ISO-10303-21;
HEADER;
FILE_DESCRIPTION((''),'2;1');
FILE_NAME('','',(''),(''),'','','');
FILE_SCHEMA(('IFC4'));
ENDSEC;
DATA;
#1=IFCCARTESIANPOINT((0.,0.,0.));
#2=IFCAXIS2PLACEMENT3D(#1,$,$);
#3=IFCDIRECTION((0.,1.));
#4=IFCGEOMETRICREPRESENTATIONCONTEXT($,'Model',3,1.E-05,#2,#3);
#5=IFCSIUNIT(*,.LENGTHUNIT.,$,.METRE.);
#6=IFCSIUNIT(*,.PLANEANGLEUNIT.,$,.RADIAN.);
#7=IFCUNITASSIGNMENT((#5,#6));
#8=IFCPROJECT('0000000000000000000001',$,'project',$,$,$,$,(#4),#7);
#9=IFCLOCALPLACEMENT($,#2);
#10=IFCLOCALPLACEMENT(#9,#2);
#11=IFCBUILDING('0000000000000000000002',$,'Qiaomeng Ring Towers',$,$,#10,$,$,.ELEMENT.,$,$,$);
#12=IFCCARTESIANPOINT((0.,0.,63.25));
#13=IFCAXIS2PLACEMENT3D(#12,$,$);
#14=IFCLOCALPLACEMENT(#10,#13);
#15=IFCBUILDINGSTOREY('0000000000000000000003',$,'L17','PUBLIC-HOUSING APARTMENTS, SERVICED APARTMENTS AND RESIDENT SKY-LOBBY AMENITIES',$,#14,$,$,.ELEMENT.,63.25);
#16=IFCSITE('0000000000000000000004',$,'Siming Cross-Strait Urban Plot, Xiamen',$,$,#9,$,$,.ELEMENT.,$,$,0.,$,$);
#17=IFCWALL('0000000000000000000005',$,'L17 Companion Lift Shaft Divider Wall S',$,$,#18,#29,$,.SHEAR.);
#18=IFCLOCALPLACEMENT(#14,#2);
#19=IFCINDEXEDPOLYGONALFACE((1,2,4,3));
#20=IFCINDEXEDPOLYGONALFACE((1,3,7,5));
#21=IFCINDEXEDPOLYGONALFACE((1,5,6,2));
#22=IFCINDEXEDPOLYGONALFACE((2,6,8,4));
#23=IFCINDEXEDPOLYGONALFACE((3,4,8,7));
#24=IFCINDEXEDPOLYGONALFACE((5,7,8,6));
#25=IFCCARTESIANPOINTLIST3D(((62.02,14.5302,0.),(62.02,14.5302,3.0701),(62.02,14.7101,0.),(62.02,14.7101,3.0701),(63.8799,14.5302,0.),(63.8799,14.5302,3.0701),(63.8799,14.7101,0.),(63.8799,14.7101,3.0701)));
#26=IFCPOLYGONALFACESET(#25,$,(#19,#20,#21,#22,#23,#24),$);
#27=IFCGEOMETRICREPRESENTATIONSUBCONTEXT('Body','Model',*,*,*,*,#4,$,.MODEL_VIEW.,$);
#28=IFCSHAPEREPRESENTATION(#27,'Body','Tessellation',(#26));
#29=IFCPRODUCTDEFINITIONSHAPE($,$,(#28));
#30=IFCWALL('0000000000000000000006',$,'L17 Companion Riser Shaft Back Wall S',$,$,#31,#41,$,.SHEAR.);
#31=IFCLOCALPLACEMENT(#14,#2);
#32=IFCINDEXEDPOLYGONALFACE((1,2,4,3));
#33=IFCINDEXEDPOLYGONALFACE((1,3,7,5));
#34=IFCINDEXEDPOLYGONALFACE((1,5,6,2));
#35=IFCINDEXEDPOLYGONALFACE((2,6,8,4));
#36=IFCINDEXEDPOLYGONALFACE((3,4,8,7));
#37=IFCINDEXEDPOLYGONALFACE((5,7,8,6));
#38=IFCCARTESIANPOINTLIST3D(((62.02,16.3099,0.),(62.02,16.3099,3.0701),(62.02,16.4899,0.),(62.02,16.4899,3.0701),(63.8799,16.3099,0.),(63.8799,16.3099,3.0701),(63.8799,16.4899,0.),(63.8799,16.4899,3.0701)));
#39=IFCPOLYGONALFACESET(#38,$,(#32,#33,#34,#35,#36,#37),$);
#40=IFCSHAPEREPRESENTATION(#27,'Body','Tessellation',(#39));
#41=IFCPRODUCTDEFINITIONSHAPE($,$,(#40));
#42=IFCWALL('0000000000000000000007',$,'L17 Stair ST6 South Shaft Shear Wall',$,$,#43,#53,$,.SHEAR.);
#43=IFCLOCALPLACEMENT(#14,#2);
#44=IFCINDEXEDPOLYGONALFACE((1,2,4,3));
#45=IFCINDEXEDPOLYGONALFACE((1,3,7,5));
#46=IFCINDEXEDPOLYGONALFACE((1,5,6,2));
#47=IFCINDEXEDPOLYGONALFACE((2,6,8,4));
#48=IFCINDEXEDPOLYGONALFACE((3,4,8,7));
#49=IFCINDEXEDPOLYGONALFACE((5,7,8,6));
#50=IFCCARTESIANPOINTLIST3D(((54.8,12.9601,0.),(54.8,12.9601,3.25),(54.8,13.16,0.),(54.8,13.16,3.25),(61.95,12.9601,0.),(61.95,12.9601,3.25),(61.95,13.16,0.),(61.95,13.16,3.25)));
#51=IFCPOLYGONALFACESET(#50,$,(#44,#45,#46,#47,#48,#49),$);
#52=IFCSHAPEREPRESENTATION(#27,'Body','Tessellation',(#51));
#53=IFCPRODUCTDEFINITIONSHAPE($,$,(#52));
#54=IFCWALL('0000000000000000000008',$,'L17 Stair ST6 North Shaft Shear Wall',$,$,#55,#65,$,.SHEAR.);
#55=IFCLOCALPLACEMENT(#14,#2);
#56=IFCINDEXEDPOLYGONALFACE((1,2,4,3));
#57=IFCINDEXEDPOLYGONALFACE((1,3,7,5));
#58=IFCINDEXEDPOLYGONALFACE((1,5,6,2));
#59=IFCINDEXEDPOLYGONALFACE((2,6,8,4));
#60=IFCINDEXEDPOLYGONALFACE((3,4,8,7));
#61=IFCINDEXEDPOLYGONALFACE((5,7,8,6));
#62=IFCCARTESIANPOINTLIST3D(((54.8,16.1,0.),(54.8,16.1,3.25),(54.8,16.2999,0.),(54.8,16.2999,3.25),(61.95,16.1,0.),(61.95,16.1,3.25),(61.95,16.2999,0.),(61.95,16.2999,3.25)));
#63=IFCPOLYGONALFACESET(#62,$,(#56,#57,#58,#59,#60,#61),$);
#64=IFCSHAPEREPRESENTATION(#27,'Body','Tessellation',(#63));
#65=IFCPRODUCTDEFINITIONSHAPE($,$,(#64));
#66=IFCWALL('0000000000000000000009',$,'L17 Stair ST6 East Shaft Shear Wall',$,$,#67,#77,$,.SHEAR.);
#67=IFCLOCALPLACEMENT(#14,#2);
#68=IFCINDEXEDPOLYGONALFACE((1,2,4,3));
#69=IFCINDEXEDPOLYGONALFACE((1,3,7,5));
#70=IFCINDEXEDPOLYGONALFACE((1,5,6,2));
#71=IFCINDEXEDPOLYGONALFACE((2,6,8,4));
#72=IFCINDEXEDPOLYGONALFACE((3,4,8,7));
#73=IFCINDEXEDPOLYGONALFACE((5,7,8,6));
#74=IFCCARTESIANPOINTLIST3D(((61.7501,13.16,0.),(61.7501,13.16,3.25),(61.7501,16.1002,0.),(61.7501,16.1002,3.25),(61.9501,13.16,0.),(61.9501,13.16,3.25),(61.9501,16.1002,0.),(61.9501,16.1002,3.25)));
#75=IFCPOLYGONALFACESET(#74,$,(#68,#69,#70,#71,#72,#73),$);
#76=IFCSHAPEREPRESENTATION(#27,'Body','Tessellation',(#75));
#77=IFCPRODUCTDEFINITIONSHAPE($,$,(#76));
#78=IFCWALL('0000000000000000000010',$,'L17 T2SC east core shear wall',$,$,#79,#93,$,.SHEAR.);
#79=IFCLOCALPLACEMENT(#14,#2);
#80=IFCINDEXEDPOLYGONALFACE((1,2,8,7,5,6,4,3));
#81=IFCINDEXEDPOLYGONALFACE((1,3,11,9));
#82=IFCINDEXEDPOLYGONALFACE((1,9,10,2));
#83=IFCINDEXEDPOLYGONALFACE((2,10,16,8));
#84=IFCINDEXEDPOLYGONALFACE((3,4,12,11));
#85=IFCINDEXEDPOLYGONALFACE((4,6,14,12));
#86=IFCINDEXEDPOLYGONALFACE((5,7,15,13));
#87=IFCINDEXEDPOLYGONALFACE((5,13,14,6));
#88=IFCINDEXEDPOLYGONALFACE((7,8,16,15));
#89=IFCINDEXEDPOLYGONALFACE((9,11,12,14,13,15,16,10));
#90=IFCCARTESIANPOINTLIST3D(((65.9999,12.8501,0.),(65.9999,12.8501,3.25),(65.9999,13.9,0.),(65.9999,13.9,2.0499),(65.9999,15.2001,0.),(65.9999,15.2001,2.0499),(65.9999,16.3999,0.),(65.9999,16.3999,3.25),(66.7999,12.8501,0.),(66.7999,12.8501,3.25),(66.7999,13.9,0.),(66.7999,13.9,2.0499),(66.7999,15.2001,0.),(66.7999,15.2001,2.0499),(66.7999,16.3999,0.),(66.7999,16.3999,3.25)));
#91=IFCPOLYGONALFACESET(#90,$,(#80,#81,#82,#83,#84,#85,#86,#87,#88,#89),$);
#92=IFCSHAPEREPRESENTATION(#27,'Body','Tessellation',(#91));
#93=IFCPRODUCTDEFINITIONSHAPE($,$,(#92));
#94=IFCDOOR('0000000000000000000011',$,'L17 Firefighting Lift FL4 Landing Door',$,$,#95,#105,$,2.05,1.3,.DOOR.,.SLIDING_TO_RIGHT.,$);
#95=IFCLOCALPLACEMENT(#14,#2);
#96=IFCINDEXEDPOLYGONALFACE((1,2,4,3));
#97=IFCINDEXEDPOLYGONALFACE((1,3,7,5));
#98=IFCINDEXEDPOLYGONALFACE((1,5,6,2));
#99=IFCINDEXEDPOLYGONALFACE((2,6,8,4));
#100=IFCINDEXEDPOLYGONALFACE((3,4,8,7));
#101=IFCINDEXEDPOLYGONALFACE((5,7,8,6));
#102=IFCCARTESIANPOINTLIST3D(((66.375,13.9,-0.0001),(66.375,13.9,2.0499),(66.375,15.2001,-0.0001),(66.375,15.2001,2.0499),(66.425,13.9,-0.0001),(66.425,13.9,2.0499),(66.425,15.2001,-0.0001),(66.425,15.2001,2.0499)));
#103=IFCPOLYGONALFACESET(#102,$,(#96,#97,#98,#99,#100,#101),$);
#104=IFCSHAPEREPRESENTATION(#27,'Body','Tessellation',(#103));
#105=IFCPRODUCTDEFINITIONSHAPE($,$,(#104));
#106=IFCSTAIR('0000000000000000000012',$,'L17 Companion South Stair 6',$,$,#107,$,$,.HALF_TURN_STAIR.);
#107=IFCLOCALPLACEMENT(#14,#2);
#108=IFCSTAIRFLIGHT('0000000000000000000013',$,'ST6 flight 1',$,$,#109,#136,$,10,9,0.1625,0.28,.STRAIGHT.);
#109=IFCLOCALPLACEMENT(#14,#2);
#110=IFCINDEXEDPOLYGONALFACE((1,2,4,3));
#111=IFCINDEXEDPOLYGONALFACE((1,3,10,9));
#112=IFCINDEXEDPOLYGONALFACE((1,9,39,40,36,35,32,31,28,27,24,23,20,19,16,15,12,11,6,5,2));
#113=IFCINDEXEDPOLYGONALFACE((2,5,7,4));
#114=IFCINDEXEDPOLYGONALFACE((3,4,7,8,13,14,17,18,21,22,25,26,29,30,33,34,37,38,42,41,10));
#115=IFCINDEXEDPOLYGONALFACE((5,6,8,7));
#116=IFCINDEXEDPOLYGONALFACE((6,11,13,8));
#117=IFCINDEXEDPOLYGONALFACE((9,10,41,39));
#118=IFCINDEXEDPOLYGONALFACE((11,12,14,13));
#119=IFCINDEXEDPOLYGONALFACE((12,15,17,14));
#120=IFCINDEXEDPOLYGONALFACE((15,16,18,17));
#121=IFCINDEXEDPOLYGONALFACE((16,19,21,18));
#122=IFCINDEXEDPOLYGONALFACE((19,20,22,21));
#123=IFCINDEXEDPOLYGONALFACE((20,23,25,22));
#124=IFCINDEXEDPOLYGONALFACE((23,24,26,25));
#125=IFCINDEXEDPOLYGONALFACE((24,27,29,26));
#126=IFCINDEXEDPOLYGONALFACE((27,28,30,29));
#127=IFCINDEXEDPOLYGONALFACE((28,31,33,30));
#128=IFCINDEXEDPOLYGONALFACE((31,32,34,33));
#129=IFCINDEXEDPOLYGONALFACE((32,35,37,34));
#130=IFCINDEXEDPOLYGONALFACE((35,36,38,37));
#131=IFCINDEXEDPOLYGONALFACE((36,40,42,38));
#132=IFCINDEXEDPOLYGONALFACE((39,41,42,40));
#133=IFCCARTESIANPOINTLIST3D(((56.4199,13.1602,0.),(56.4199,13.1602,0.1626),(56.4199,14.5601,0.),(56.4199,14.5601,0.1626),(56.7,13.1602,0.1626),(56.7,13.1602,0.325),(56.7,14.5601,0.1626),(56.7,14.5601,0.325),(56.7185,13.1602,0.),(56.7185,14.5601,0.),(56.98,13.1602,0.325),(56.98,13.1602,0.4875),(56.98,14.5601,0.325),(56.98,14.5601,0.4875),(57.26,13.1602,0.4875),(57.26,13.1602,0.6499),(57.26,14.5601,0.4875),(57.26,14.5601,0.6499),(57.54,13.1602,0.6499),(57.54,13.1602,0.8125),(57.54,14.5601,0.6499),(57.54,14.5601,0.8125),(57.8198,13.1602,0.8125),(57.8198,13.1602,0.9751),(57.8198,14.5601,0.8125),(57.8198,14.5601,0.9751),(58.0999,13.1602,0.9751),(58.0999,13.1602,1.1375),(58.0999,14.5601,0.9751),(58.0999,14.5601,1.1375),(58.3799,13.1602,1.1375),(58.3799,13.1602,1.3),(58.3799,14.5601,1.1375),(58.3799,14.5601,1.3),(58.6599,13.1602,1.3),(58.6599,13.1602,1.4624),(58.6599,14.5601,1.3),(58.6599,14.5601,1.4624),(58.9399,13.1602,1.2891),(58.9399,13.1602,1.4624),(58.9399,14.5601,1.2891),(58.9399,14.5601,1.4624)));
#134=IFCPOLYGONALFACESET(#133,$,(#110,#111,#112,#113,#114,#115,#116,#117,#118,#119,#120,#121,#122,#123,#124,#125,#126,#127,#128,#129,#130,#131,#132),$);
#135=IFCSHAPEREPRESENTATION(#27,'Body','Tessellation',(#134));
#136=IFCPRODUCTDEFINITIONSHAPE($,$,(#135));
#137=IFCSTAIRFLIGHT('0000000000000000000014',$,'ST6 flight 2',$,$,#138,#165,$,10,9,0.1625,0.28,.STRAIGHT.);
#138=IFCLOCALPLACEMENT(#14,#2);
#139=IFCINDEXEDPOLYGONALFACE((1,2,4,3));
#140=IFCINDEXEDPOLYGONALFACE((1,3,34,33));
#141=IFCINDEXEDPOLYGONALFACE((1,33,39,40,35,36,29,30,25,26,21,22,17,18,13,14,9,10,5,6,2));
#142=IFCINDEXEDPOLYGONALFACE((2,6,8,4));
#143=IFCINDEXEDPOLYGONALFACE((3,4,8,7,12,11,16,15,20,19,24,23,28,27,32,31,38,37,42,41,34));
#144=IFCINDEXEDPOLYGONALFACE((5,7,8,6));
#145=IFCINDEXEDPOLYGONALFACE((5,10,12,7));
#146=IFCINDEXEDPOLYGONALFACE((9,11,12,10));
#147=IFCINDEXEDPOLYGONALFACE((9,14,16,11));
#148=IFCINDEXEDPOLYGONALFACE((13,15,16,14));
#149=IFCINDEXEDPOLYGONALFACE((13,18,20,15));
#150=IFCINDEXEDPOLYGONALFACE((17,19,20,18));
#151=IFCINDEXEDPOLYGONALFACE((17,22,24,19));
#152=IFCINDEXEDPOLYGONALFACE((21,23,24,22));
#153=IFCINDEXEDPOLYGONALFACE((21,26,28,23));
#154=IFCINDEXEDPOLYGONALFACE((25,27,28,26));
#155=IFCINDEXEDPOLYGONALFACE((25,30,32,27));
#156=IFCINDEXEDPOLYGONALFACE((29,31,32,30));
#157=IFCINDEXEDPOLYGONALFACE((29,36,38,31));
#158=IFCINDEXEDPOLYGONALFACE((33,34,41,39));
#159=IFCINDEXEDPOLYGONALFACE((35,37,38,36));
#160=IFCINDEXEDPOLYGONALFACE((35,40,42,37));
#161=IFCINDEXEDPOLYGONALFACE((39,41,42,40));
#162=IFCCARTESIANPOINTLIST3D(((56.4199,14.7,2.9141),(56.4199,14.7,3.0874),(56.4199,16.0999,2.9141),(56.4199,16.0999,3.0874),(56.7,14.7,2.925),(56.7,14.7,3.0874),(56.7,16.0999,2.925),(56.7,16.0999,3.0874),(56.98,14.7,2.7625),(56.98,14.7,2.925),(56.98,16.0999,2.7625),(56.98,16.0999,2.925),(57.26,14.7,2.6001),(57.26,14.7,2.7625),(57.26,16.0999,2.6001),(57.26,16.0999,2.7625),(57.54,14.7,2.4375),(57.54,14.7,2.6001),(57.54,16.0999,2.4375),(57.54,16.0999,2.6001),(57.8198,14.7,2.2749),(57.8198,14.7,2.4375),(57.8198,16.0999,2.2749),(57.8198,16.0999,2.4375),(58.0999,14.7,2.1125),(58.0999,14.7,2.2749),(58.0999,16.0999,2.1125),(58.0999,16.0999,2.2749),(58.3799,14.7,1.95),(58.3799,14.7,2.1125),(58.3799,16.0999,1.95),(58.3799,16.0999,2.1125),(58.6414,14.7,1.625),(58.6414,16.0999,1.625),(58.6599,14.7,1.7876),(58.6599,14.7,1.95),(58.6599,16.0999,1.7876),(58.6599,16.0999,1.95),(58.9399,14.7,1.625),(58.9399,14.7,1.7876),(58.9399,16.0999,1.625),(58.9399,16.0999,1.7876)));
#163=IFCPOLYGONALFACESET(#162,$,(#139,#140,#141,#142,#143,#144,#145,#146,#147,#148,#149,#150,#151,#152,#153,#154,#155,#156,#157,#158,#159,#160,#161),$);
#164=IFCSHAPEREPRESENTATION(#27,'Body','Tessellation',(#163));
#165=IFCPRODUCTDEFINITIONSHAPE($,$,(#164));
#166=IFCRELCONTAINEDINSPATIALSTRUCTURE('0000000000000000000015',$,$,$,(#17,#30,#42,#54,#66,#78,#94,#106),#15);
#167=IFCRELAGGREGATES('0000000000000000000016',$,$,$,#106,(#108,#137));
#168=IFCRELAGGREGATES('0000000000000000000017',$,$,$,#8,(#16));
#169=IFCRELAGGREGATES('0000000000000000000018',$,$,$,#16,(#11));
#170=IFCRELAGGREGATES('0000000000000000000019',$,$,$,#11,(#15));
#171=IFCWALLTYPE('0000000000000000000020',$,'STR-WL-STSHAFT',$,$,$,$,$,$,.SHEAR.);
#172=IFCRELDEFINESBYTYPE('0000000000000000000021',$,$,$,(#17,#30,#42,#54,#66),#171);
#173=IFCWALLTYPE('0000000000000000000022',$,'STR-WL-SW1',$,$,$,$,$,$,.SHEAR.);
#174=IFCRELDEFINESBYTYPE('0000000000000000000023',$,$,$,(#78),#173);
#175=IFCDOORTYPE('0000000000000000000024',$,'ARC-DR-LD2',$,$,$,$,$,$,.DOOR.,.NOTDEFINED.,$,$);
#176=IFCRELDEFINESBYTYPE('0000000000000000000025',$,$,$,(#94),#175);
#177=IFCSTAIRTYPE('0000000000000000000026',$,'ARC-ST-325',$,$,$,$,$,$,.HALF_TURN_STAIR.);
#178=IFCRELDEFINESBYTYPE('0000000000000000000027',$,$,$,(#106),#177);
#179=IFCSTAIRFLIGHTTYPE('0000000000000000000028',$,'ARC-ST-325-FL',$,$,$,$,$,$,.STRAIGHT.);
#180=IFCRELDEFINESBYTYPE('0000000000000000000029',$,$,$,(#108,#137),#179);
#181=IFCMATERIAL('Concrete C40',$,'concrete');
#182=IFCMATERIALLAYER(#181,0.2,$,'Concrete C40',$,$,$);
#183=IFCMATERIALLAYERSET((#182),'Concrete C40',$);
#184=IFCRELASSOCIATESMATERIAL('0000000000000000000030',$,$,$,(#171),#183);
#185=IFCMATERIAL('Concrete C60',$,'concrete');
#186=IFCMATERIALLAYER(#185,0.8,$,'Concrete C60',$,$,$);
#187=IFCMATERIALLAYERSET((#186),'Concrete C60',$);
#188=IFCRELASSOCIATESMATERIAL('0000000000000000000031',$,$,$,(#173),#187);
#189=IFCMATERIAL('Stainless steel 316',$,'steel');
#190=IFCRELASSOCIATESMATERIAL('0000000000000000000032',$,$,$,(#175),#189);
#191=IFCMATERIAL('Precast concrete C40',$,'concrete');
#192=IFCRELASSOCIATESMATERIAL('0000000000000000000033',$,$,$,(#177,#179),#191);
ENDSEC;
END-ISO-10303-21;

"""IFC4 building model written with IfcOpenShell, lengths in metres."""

from ifc_helpers import new_model, si_unit, direction, frame, frame_2d, origin, place, context, subcontext, project, spatial, polyline, rectangle, outline, extrude, source, transform, mapped, material, layer, layer_set, type_object, element, fill, aggregate, save


model = new_model("IFC4")

# Units and contexts
model_context = context("Model", 3, precision=1e-05, world=origin(), true_north=direction((0.0, 1.0)))
body_context = subcontext(model_context, "Body", "Model", "MODEL_VIEW")
ifc_project = project(units=[si_unit("LENGTHUNIT", "METRE"), si_unit("PLANEANGLEUNIT", "RADIAN")], contexts=[model_context])

# Site, building, storey
site_placement = place(None, origin())
site = spatial("IfcSite", under=ifc_project, at=site_placement, Name="Siming Cross-Strait Urban Plot, Xiamen", CompositionType="ELEMENT", RefElevation=0.0)
building_placement = place(site_placement, origin())
building = spatial("IfcBuilding", under=site, at=building_placement, Name="Qiaomeng Ring Towers", CompositionType="ELEMENT")
storey_placement = place(building_placement, frame((0.0, 0.0, 63.25)))
storey = spatial("IfcBuildingStorey", under=building, at=storey_placement, Name="L17", Description="PUBLIC-HOUSING APARTMENTS, SERVICED APARTMENTS AND RESIDENT SKY-LOBBY AMENITIES", CompositionType="ELEMENT", Elevation=63.25)

# Walls
ifc_material_1 = material(Name="Concrete C40", Category="concrete")
ifc_layer_1 = layer(ifc_material_1, 0.2, Name="Concrete C40")
ifc_layer_set_1 = layer_set([ifc_layer_1], Name="Concrete C40")
wall_type_1 = type_object("IfcWallType", Name="STR-WL-STSHAFT", PredefinedType="SHEAR", material=ifc_layer_set_1)
for number, where, z_axis, x_axis, name in (
    (1, (62.02, 14.6201, 0.0), (0.0, 0.0, 1.0), (1.0, 0.0, 0.0), "L17 Companion Lift Shaft Divider Wall S"),
    (2, (62.02, 16.3999, 0.0), (0.0, 0.0, 1.0), (1.0, 0.0, 0.0), "L17 Companion Riser Shaft Back Wall S"),
):
    element("IfcWall", number, at=place(storey_placement, frame(where, z_axis=z_axis, x_axis=x_axis)), inside=storey, type_object=wall_type_1, Name=name, PredefinedType="SHEAR", context=body_context, shape_type="SweptSolid", body=[
        extrude(rectangle(XDim=1.8599, YDim=0.1799, at=frame_2d((0.9299, 0.0))), origin(), (0.0, 0.0, 1.0), 3.0701),
    ])
for number, where, z_axis, x_axis, name in (
    (3, (54.8, 13.0601, 0.0), (0.0, 0.0, 1.0), (1.0, 0.0, 0.0), "L17 Stair ST6 South Shaft Shear Wall"),
    (4, (54.8, 16.2, 0.0), (0.0, 0.0, 1.0), (1.0, 0.0, 0.0), "L17 Stair ST6 North Shaft Shear Wall"),
):
    element("IfcWall", number, at=place(storey_placement, frame(where, z_axis=z_axis, x_axis=x_axis)), inside=storey, type_object=wall_type_1, Name=name, PredefinedType="SHEAR", context=body_context, shape_type="SweptSolid", body=[
        extrude(rectangle(XDim=7.1499, YDim=0.2, at=frame_2d((3.575, 0.0))), origin(), (0.0, 0.0, 1.0), 3.25),
    ])
wall_1_placement = place(storey_placement, frame((61.8501, 13.1599, 0.0), z_axis=(0.0, 0.0, 1.0), x_axis=(0.0, 1.0, 0.0)))
element("IfcWall", 5, at=wall_1_placement, inside=storey, type_object=wall_type_1, Name="L17 Stair ST6 East Shaft Shear Wall", PredefinedType="SHEAR", context=body_context, shape_type="SweptSolid", body=[
    extrude(rectangle(XDim=2.9402, YDim=0.2, at=frame_2d((1.4702, 0.0))), origin(), (0.0, 0.0, 1.0), 3.25),
])

# Wall, opening, door
ifc_material_2 = material(Name="Concrete C60", Category="concrete")
ifc_layer_2 = layer(ifc_material_2, 0.8, Name="Concrete C60")
ifc_layer_set_2 = layer_set([ifc_layer_2], Name="Concrete C60")
wall_type_2 = type_object("IfcWallType", Name="STR-WL-SW1", PredefinedType="SHEAR", material=ifc_layer_set_2)
wall_2_placement = place(storey_placement, frame((66.3999, 12.8501, 0.0), z_axis=(0.0, 0.0, 1.0), x_axis=(0.0, 1.0, 0.0)))
wall_2 = element("IfcWall", 6, at=wall_2_placement, inside=storey, type_object=wall_type_2, Name="L17 T2SC east core shear wall", PredefinedType="SHEAR", context=body_context, shape_type="SweptSolid", body=[
    extrude(rectangle(XDim=3.5498, YDim=0.8, at=frame_2d((1.7749, 0.0))), origin(), (0.0, 0.0, 1.0), 3.25),
])
opening_placement = place(wall_2_placement, frame((1.05, 0.0, 0.0)))
opening = element("IfcOpeningElement", 7, at=opening_placement, cuts=wall_2, PredefinedType="OPENING", context=body_context, shape_type="SweptSolid", body=[
    extrude(rectangle(XDim=1.3, YDim=2.05, at=frame_2d((0.6499, 1.0249))), frame((0.0, 0.4099, 0.0), z_axis=(0.0, -1.0, 0.0), x_axis=(1.0, 0.0, 0.0)), (0.0, 0.0, 1.0), 0.8201),
])
ifc_material_3 = material(Name="Stainless steel 316", Category="steel")
door_type = type_object("IfcDoorType", Name="ARC-DR-LD2", OperationType="NOTDEFINED", PredefinedType="DOOR", material=ifc_material_3)
shared_shape_1 = source(origin(), body_context, "Body", "SweptSolid", [
    extrude(rectangle(XDim=1.3, YDim=2.05, at=frame_2d((0.6499, 1.0249))), frame((0.0, 0.0249, 0.0), z_axis=(0.0, -1.0, 0.0), x_axis=(1.0, 0.0, 0.0)), (0.0, 0.0, 1.0), 0.05),
])
door_placement = place(opening_placement, origin())
door = element("IfcDoor", 8, at=door_placement, inside=storey, type_object=door_type, Name="L17 Firefighting Lift FL4 Landing Door", OperationType="SLIDING_TO_RIGHT", OverallHeight=2.05, OverallWidth=1.3, PredefinedType="DOOR", context=body_context, shape_type="MappedRepresentation", body=[
    mapped(shared_shape_1, transform((0.0, 0.0, 0.0), x_axis=(1.0, 0.0, 0.0), y_axis=(0.0, 1.0, 0.0), z_axis=(0.0, 0.0, 1.0), scale=1.0)),
])
fill(opening, door)

# Stair, stair flights
ifc_material_4 = material(Name="Precast concrete C40", Category="concrete")
stair_type = type_object("IfcStairType", Name="ARC-ST-325", PredefinedType="HALF_TURN_STAIR", material=ifc_material_4)
stair_placement = place(storey_placement, origin())
stair = element("IfcStair", 9, at=stair_placement, inside=storey, type_object=stair_type, Name="L17 Companion South Stair 6", PredefinedType="HALF_TURN_STAIR")
stair_flight_type = type_object("IfcStairFlightType", Name="ARC-ST-325-FL", PredefinedType="STRAIGHT", material=ifc_material_4)
shared_shape_2 = source(origin(), body_context, "Body", "SweptSolid", [
    extrude(outline(polyline([(0.0, 0.0), (0.0, 0.1626), (0.28, 0.1626), (0.28, 0.325), (0.5601, 0.325), (0.5601, 0.4875), (0.8401, 0.4875), (0.8401, 0.6499), (1.1201, 0.6499), (1.1201, 0.8125), (1.3999, 0.8125), (1.3999, 0.9751), (1.6799, 0.9751), (1.6799, 1.1375), (1.96, 1.1375), (1.96, 1.3), (2.24, 1.3), (2.24, 1.4624), (2.52, 1.4624), (2.52, 1.625), (2.52, 1.2891), (0.2986, 0.0), (0.0, 0.0)])), frame((0.0, 0.7, 0.0), z_axis=(0.0, -1.0, 0.0), x_axis=(1.0, 0.0, 0.0)), (0.0, 0.0, 1.0), 1.3999),
])
stair_flight_1_placement = place(storey_placement, frame((56.4199, 13.8601, 0.0), z_axis=(0.0, 0.0, 1.0), x_axis=(1.0, 0.0, 0.0)))
stair_flight_1 = element("IfcStairFlight", 10, at=stair_flight_1_placement, type_object=stair_flight_type, Name="ST6 flight 1", NumberOfRisers=10, NumberOfTreads=9, PredefinedType="STRAIGHT", RiserHeight=0.1625, TreadLength=0.28, context=body_context, shape_type="MappedRepresentation", body=[
    mapped(shared_shape_2, transform((0.0, 0.0, 0.0), x_axis=(1.0, 0.0, 0.0), y_axis=(0.0, 1.0, 0.0), z_axis=(0.0, 0.0, 1.0), scale=1.0)),
])
stair_flight_2_placement = place(storey_placement, frame((58.9399, 15.3999, 1.625), z_axis=(0.0, 0.0, 1.0), x_axis=(-1.0, 0.0, 0.0)))
stair_flight_2 = element("IfcStairFlight", 11, at=stair_flight_2_placement, type_object=stair_flight_type, Name="ST6 flight 2", NumberOfRisers=10, NumberOfTreads=9, PredefinedType="STRAIGHT", RiserHeight=0.1625, TreadLength=0.28, context=body_context, shape_type="MappedRepresentation", body=[
    mapped(shared_shape_2, transform((0.0, 0.0, 0.0), x_axis=(1.0, 0.0, 0.0), y_axis=(0.0, 1.0, 0.0), z_axis=(0.0, 0.0, 1.0), scale=1.0)),
])
aggregate(stair, [stair_flight_1, stair_flight_2])

save(model, "model.ifc")
